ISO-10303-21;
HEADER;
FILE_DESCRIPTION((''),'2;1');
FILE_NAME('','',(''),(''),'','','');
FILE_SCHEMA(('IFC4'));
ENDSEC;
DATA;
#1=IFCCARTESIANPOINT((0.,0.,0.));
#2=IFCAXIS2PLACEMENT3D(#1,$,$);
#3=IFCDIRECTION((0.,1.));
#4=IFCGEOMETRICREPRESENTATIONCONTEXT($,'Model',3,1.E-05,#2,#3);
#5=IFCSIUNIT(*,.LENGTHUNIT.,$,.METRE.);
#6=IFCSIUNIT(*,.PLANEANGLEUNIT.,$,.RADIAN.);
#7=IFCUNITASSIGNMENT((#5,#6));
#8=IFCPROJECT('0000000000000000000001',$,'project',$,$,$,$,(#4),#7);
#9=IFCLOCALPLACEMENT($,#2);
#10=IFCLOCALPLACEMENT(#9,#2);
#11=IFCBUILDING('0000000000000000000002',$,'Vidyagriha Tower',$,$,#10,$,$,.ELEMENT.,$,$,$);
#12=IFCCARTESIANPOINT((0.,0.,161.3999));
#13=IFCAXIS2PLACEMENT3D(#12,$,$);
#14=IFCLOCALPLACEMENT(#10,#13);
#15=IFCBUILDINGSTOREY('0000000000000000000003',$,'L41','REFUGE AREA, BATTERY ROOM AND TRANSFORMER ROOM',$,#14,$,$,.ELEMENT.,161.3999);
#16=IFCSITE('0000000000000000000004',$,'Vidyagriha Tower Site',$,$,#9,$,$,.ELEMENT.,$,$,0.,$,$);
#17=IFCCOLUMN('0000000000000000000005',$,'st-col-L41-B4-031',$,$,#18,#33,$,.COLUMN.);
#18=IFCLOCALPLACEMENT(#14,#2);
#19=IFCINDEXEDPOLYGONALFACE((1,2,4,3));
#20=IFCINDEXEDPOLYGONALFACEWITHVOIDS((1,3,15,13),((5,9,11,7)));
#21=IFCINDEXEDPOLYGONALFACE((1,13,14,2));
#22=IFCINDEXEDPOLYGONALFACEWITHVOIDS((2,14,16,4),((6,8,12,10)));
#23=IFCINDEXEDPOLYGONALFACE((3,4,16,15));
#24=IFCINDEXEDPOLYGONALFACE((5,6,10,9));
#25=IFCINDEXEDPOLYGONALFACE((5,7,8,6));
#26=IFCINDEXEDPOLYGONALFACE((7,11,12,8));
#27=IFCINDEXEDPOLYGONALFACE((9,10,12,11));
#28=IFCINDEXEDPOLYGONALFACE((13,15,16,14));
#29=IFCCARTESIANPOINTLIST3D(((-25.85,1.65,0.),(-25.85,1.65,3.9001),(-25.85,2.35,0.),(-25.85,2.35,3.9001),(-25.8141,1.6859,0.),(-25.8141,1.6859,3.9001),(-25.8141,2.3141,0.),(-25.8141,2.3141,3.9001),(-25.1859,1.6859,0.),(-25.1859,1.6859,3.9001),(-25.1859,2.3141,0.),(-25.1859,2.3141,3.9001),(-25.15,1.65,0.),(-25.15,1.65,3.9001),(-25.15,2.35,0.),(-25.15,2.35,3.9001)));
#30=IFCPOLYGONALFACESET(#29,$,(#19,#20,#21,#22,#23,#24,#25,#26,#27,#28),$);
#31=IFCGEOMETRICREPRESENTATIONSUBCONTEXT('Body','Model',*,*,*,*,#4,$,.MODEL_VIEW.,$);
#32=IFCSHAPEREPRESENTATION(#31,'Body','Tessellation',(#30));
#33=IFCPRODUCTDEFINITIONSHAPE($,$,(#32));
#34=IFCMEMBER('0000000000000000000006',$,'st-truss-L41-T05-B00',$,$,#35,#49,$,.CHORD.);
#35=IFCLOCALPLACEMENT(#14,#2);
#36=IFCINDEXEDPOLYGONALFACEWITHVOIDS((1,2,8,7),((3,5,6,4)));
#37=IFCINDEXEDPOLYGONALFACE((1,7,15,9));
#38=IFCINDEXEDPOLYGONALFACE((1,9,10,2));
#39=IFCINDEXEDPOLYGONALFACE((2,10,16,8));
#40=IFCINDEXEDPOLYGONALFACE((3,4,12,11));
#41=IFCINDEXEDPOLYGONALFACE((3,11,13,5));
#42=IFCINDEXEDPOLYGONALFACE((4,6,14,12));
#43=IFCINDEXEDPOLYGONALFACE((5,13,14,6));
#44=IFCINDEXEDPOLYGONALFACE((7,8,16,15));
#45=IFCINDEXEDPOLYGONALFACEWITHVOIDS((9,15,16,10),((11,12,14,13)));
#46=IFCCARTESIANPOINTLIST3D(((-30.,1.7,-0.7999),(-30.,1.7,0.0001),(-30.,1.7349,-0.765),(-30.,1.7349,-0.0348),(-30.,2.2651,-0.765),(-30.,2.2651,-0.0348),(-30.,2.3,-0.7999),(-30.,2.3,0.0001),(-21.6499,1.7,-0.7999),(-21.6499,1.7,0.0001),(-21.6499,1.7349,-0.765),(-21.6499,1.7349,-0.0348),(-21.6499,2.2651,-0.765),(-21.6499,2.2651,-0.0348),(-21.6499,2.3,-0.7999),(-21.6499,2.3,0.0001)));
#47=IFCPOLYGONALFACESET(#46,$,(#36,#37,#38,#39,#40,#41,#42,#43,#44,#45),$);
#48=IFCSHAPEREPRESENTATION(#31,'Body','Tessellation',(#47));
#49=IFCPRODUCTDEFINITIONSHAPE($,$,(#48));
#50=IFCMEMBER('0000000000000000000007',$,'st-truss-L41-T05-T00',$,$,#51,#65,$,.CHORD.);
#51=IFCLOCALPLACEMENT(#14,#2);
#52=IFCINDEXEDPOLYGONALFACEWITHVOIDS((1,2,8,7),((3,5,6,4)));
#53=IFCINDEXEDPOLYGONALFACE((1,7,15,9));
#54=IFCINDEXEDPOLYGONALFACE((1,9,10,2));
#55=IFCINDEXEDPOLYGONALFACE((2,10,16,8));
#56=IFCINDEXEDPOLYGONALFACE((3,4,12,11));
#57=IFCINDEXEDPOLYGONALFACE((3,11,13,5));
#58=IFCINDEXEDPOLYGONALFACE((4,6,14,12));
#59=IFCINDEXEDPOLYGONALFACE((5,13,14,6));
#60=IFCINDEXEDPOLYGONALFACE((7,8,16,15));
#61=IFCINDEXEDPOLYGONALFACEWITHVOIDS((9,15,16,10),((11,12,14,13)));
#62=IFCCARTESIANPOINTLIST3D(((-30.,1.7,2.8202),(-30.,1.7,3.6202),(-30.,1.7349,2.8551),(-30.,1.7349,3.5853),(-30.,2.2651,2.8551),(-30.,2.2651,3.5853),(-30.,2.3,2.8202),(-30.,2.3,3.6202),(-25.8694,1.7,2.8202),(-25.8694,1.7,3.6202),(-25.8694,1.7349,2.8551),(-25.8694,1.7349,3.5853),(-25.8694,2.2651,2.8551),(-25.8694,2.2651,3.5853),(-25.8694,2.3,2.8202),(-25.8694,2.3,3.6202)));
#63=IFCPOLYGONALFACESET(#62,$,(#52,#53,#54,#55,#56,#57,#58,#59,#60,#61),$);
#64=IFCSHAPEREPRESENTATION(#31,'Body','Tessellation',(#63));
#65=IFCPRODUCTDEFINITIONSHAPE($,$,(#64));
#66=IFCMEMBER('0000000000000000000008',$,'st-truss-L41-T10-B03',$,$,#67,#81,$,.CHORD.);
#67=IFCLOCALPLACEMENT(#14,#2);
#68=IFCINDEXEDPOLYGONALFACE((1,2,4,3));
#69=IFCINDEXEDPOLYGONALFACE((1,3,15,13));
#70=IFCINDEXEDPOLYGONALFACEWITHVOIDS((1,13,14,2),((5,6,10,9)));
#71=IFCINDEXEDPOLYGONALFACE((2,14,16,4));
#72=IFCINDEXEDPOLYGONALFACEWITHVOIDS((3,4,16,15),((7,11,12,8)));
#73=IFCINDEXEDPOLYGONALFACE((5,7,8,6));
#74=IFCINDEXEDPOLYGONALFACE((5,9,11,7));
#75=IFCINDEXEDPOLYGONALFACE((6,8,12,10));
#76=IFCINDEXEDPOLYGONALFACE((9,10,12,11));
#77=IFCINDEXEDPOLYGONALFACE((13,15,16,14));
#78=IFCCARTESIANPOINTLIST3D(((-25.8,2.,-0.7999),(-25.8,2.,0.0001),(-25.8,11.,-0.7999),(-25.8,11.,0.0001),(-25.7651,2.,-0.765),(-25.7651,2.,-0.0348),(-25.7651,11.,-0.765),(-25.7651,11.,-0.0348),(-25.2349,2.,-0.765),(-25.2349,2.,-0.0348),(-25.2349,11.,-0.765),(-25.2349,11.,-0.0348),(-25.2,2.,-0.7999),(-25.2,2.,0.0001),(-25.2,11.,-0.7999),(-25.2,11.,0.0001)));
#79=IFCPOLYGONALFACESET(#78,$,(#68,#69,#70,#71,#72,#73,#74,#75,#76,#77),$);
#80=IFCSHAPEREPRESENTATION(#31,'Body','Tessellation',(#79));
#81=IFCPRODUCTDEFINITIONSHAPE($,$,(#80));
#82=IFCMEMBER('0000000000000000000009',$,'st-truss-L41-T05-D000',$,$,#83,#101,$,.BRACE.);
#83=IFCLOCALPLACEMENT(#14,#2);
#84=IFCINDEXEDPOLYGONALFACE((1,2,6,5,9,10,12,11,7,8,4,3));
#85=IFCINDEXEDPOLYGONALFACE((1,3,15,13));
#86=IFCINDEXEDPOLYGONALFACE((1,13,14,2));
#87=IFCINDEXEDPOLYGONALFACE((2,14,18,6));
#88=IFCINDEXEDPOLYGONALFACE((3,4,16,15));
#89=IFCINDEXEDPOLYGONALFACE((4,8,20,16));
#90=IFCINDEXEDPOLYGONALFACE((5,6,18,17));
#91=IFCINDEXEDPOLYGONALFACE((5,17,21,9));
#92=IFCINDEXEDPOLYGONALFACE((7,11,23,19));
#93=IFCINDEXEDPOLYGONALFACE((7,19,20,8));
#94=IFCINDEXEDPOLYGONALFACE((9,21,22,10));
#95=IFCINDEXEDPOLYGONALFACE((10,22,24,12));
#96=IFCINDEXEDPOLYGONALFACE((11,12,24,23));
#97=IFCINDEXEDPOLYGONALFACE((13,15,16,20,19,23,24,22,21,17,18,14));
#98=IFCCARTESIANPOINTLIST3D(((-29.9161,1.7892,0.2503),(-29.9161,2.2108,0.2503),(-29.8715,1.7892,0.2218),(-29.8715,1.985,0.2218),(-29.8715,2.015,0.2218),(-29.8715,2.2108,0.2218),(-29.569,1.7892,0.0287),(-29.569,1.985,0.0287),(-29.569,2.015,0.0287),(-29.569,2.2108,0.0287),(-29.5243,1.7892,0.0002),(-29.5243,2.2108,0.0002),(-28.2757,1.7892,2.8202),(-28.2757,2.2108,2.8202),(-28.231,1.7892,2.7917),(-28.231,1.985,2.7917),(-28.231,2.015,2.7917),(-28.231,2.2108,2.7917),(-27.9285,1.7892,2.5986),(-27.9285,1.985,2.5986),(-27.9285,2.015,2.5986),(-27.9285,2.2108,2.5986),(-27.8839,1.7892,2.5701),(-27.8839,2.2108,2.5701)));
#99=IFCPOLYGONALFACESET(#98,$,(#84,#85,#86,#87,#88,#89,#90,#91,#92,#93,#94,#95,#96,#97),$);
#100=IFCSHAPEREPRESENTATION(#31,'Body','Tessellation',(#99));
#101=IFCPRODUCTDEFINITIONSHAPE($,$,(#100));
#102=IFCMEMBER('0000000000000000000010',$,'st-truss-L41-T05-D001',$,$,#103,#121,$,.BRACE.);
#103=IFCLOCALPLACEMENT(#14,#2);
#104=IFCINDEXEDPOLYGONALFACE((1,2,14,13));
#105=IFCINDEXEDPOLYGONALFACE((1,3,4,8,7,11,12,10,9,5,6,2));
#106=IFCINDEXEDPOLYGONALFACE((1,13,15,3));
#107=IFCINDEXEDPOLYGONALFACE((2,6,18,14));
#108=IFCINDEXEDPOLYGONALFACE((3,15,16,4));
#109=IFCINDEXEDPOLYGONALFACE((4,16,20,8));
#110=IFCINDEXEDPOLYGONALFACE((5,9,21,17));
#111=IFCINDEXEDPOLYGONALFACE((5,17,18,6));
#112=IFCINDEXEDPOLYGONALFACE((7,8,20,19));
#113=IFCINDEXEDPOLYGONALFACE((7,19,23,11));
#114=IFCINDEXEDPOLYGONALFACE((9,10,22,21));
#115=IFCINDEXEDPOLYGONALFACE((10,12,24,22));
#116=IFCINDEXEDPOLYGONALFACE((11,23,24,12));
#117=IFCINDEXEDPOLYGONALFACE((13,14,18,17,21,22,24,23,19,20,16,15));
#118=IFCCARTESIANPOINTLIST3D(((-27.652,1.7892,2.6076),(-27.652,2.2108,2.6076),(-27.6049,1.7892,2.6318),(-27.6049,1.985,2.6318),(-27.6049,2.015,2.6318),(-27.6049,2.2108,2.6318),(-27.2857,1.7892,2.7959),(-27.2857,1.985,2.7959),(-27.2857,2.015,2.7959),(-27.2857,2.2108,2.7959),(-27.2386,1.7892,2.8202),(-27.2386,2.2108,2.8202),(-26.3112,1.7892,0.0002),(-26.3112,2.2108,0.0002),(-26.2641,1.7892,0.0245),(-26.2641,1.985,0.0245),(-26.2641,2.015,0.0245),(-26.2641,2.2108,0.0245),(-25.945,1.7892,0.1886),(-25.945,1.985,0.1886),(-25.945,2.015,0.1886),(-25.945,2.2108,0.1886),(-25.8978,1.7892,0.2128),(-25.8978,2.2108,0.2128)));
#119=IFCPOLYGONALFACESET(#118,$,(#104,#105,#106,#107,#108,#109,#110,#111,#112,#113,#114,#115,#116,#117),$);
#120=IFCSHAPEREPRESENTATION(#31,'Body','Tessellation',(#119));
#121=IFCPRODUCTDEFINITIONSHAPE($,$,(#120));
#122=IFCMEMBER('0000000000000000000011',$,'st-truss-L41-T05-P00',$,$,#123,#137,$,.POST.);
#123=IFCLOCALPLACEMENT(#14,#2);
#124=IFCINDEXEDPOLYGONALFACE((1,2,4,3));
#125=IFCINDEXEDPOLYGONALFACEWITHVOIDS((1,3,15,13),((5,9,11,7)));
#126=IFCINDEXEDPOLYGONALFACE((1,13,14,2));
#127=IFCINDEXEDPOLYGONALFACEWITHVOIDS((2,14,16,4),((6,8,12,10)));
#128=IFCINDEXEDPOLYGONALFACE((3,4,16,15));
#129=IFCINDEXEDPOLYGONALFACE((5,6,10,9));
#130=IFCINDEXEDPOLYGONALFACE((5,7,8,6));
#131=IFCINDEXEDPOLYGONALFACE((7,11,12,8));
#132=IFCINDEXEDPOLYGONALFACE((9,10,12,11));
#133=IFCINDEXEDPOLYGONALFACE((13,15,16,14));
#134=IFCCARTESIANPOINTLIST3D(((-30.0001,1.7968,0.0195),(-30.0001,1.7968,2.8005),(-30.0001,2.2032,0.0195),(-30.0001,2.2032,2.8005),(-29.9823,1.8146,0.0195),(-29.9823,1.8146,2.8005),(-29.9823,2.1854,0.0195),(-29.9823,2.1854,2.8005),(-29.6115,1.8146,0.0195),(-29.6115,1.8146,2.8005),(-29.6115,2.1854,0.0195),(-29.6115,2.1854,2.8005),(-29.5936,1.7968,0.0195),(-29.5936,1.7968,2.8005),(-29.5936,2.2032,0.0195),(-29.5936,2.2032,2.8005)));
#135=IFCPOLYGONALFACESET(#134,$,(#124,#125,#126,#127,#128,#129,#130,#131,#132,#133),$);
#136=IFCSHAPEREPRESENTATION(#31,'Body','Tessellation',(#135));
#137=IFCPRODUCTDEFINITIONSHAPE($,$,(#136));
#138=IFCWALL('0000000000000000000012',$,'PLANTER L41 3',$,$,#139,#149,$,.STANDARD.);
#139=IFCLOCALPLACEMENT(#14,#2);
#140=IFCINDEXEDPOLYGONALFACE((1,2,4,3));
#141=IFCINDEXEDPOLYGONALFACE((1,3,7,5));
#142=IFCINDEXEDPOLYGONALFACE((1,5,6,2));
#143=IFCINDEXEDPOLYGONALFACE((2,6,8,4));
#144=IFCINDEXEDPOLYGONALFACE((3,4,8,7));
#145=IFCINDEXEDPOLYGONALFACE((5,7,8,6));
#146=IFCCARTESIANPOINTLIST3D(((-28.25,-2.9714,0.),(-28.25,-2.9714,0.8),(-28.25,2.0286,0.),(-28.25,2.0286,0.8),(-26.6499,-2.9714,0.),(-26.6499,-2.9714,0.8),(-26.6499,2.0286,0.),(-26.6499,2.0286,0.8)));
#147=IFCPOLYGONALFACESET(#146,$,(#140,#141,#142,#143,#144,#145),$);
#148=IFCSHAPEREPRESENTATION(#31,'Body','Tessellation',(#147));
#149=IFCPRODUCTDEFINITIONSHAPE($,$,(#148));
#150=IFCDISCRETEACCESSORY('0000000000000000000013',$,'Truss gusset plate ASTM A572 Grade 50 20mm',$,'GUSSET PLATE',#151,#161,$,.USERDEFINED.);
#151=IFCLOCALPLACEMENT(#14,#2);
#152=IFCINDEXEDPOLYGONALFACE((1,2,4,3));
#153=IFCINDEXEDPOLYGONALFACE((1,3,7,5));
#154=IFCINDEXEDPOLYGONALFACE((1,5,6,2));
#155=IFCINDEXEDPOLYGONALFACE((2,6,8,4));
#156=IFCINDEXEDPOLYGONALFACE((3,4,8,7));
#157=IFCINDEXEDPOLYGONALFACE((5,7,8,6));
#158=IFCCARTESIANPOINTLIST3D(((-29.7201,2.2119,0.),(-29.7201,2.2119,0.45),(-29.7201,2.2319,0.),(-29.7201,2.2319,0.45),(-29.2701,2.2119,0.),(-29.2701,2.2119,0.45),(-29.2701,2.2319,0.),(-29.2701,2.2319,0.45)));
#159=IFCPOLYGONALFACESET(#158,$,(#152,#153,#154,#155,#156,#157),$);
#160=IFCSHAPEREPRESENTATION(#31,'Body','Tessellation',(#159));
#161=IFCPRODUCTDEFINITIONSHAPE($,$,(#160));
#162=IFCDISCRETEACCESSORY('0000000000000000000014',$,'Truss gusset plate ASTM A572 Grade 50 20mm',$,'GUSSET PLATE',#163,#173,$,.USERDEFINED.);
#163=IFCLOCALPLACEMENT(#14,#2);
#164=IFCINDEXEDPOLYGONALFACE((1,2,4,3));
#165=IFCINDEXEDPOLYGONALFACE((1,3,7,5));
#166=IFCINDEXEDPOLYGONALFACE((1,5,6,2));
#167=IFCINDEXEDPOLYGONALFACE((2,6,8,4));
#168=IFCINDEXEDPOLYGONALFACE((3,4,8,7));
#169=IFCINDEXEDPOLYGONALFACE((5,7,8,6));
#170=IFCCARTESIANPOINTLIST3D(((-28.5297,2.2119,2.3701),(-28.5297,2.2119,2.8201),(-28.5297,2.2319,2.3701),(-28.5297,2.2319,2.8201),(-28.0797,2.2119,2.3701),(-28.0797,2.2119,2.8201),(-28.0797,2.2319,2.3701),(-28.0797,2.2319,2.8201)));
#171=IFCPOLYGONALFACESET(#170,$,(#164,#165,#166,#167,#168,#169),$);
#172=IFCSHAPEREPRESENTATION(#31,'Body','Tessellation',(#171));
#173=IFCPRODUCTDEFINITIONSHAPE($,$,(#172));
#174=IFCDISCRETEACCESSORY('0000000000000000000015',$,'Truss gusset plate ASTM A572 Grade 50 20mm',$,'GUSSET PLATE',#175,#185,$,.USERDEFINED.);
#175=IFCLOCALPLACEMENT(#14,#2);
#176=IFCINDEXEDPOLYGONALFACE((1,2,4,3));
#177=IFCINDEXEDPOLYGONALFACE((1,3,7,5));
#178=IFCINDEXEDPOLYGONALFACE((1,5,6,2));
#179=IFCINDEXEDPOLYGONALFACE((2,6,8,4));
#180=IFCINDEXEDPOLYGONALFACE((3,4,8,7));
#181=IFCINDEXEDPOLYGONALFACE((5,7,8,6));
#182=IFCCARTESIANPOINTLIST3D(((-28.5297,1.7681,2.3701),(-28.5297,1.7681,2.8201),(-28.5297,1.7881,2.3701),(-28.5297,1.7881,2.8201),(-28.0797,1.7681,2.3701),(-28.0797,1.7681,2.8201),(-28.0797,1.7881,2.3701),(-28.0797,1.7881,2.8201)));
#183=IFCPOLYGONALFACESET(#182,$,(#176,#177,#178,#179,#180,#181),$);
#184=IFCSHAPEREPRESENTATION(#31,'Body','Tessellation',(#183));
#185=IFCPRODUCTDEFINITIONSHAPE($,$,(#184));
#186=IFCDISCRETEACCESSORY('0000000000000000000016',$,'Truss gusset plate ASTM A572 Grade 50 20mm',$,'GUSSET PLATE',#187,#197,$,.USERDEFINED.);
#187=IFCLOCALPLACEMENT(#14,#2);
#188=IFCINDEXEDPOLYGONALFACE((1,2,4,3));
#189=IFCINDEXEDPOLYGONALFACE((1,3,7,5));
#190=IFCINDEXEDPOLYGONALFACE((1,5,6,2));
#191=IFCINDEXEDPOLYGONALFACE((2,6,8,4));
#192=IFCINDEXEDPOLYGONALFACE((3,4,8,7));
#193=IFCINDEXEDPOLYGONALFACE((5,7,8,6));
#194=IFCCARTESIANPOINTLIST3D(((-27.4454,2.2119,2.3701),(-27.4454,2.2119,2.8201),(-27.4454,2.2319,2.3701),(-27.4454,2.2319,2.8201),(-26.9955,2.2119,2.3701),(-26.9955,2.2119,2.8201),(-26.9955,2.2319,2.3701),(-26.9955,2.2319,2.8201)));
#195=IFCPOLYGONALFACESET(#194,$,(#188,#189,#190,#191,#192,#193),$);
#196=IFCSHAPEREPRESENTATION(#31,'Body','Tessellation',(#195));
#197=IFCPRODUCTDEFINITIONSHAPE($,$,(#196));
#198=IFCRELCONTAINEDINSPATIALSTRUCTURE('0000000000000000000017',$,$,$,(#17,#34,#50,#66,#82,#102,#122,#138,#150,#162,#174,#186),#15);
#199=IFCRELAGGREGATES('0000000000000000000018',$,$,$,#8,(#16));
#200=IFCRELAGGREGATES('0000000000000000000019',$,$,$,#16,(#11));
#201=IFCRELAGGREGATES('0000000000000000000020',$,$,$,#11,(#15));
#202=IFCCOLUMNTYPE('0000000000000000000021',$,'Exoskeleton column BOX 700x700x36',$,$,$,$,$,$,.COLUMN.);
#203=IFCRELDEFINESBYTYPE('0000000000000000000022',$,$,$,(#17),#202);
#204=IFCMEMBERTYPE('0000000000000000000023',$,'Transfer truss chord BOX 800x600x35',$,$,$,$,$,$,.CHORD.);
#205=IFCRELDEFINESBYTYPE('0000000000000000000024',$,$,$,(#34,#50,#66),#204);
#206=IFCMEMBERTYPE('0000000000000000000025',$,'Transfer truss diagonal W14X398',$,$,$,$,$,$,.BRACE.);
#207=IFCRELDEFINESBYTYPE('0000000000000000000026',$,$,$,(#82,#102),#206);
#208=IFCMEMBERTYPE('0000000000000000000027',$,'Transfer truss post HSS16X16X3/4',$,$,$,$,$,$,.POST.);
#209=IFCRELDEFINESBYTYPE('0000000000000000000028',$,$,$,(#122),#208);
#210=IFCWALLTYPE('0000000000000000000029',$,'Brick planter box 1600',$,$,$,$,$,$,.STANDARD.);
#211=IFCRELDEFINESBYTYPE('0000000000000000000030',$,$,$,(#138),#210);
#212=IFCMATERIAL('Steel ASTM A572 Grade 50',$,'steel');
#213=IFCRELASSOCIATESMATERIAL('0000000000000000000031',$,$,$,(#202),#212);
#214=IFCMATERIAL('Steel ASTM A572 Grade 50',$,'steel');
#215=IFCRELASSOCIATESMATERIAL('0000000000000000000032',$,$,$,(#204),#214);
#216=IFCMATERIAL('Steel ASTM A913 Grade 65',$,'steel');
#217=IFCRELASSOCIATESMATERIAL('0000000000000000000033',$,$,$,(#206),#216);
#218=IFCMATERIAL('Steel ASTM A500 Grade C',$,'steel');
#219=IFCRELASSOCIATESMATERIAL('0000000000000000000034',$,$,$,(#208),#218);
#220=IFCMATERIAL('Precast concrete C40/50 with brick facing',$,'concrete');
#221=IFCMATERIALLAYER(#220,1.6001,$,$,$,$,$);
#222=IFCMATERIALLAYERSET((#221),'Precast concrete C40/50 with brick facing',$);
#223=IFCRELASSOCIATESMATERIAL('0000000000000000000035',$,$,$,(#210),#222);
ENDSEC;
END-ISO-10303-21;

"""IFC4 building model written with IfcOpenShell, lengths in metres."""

from ifc_helpers import new_model, si_unit, direction, frame, frame_2d, origin, origin_2d, place, context, subcontext, project, spatial, rectangle, hollow_rectangle, i_section, extrude, material, layer, layer_set, material_profile, profile_set, type_object, element, save


model = new_model("IFC4")

# Units and contexts
model_context = context("Model", 3, precision=1e-05, world=origin(), true_north=direction((0.0, 1.0)))
body_context = subcontext(model_context, "Body", "Model", "MODEL_VIEW")
ifc_project = project(units=[si_unit("LENGTHUNIT", "METRE"), si_unit("PLANEANGLEUNIT", "RADIAN")], contexts=[model_context])

# Site, building, storey
site_placement = place(None, origin())
site = spatial("IfcSite", under=ifc_project, at=site_placement, Name="Vidyagriha Tower Site", CompositionType="ELEMENT", RefElevation=0.0)
building_placement = place(site_placement, origin())
building = spatial("IfcBuilding", under=site, at=building_placement, Name="Vidyagriha Tower", CompositionType="ELEMENT")
storey_placement = place(building_placement, frame((0.0, 0.0, 161.3999)))
storey = spatial("IfcBuildingStorey", under=building, at=storey_placement, Name="L41", Description="REFUGE AREA, BATTERY ROOM AND TRANSFORMER ROOM", CompositionType="ELEMENT", Elevation=161.3999)

# Column
ifc_material_1 = material(Name="Steel ASTM A572 Grade 50", Category="steel")
ifc_material_profile_1 = material_profile(ifc_material_1, hollow_rectangle(XDim=0.7, YDim=0.7, WallThickness=0.0359, at=origin_2d()), Name="BOX 700x700x36")
ifc_profile_set_1 = profile_set([ifc_material_profile_1], Name="Steel ASTM A572 Grade 50")
column_type = type_object("IfcColumnType", Name="Exoskeleton column BOX 700x700x36", PredefinedType="COLUMN", material=ifc_profile_set_1)
column_placement = place(storey_placement, frame((-25.5, 2.0, 0.0)))
element("IfcColumn", 1, at=column_placement, inside=storey, type_object=column_type, Name="st-col-L41-B4-031", PredefinedType="COLUMN", context=body_context, shape_type="SweptSolid", body=[
    extrude(hollow_rectangle(XDim=0.7, YDim=0.7, WallThickness=0.0359, at=origin_2d()), origin(), (0.0, 0.0, 1.0), 3.9001),
])

# Members
ifc_material_2 = material(Name="Steel ASTM A572 Grade 50", Category="steel")
ifc_material_profile_2 = material_profile(ifc_material_2, hollow_rectangle(XDim=0.6001, YDim=0.8, WallThickness=0.0349, at=origin_2d()), Name="BOX 800x600x35")
ifc_profile_set_2 = profile_set([ifc_material_profile_2], Name="Steel ASTM A572 Grade 50")
member_type_1 = type_object("IfcMemberType", Name="Transfer truss chord BOX 800x600x35", PredefinedType="CHORD", material=ifc_profile_set_2)
member_1_placement = place(storey_placement, frame((-30.0, 2.0, -0.3999), z_axis=(1.0, 0.0, 0.0), x_axis=(0.0, 1.0, 0.0)))
element("IfcMember", 2, at=member_1_placement, inside=storey, type_object=member_type_1, Name="st-truss-L41-T05-B00", PredefinedType="CHORD", context=body_context, shape_type="SweptSolid", body=[
    extrude(hollow_rectangle(XDim=0.6001, YDim=0.8, WallThickness=0.0349, at=origin_2d()), origin(), (0.0, 0.0, 1.0), 8.3501),
])
member_2_placement = place(storey_placement, frame((-30.0, 2.0, 3.2202), z_axis=(1.0, 0.0, 0.0), x_axis=(0.0, 1.0, 0.0)))
element("IfcMember", 3, at=member_2_placement, inside=storey, type_object=member_type_1, Name="st-truss-L41-T05-T00", PredefinedType="CHORD", context=body_context, shape_type="SweptSolid", body=[
    extrude(hollow_rectangle(XDim=0.6001, YDim=0.8, WallThickness=0.0349, at=origin_2d()), origin(), (0.0, 0.0, 1.0), 4.1306),
])
member_3_placement = place(storey_placement, frame((-25.5, 2.0, -0.3999), z_axis=(0.0, 1.0, 0.0), x_axis=(-1.0, 0.0, 0.0)))
element("IfcMember", 4, at=member_3_placement, inside=storey, type_object=member_type_1, Name="st-truss-L41-T10-B03", PredefinedType="CHORD", context=body_context, shape_type="SweptSolid", body=[
    extrude(hollow_rectangle(XDim=0.6001, YDim=0.8, WallThickness=0.0349, at=origin_2d()), origin(), (0.0, 0.0, 1.0), 9.0),
])
ifc_material_3 = material(Name="Steel ASTM A913 Grade 65", Category="steel")
ifc_material_profile_3 = material_profile(ifc_material_3, i_section(OverallWidth=0.4216, OverallDepth=0.4648, WebThickness=0.03, FlangeThickness=0.053, at=origin_2d()), Name="W14X398")
ifc_profile_set_3 = profile_set([ifc_material_profile_3], Name="Steel ASTM A913 Grade 65")
member_type_2 = type_object("IfcMemberType", Name="Transfer truss diagonal W14X398", PredefinedType="BRACE", material=ifc_profile_set_3)
member_4_placement = place(storey_placement, frame((-29.7202, 2.0, 0.1252), z_axis=(0.538051, 0.0, 0.842912), x_axis=(0.0, 1.0, 0.0)))
element("IfcMember", 5, at=member_4_placement, inside=storey, type_object=member_type_2, Name="st-truss-L41-T05-D000", PredefinedType="BRACE", context=body_context, shape_type="SweptSolid", body=[
    extrude(i_section(OverallWidth=0.4216, OverallDepth=0.4648, WebThickness=0.03, FlangeThickness=0.053, at=origin_2d()), origin(), (0.0, 0.0, 1.0), 3.0488),
])
member_5_placement = place(storey_placement, frame((-27.4453, 2.0, 2.7139), z_axis=(0.45731, 0.0, -0.889307), x_axis=(0.0, 1.0, 0.0)))
element("IfcMember", 6, at=member_5_placement, inside=storey, type_object=member_type_2, Name="st-truss-L41-T05-D001", PredefinedType="BRACE", context=body_context, shape_type="SweptSolid", body=[
    extrude(i_section(OverallWidth=0.4216, OverallDepth=0.4648, WebThickness=0.03, FlangeThickness=0.053, at=origin_2d()), origin(), (0.0, 0.0, 1.0), 2.9319),
])
ifc_material_4 = material(Name="Steel ASTM A500 Grade C", Category="steel")
ifc_material_profile_4 = material_profile(ifc_material_4, hollow_rectangle(XDim=0.4065, YDim=0.4065, WallThickness=0.0178, at=origin_2d()), Name="HSS16X16X3/4")
ifc_profile_set_4 = profile_set([ifc_material_profile_4], Name="Steel ASTM A500 Grade C")
member_type_3 = type_object("IfcMemberType", Name="Transfer truss post HSS16X16X3/4", PredefinedType="POST", material=ifc_profile_set_4)
member_6_placement = place(storey_placement, frame((-29.7969, 2.0, 0.0195)))
element("IfcMember", 7, at=member_6_placement, inside=storey, type_object=member_type_3, Name="st-truss-L41-T05-P00", PredefinedType="POST", context=body_context, shape_type="SweptSolid", body=[
    extrude(hollow_rectangle(XDim=0.4065, YDim=0.4065, WallThickness=0.0178, at=origin_2d()), origin(), (0.0, 0.0, 1.0), 2.781),
])

# Wall
ifc_material_5 = material(Name="Precast concrete C40/50 with brick facing", Category="concrete")
ifc_layer = layer(ifc_material_5, 1.6001)
ifc_layer_set = layer_set([ifc_layer], Name="Precast concrete C40/50 with brick facing")
wall_type = type_object("IfcWallType", Name="Brick planter box 1600", PredefinedType="STANDARD", material=ifc_layer_set)
wall_placement = place(storey_placement, frame((-27.45, 2.0286, 0.0), z_axis=(0.0, 0.0, 1.0), x_axis=(0.0, -1.0, 0.0)))
element("IfcWall", 8, at=wall_placement, inside=storey, type_object=wall_type, Name="PLANTER L41 3", PredefinedType="STANDARD", context=body_context, shape_type="SweptSolid", body=[
    extrude(rectangle(XDim=5.0, YDim=1.6001, at=frame_2d((2.5, 0.0))), origin(), (0.0, 0.0, 1.0), 0.8),
])

# Discrete accessories
for number, where, name in (
    (9, (-29.4951, 2.2219, 0.0), "Truss gusset plate ASTM A572 Grade 50 20mm"),
    (10, (-28.3047, 2.2219, 2.3701), "Truss gusset plate ASTM A572 Grade 50 20mm"),
    (11, (-28.3047, 1.7781, 2.3701), "Truss gusset plate ASTM A572 Grade 50 20mm"),
    (12, (-27.2205, 2.2219, 2.3701), "Truss gusset plate ASTM A572 Grade 50 20mm"),
):
    element("IfcDiscreteAccessory", number, at=place(storey_placement, frame(where)), inside=storey, Name=name, ObjectType="GUSSET PLATE", PredefinedType="USERDEFINED", context=body_context, shape_type="SweptSolid", body=[
        extrude(rectangle(XDim=0.45, YDim=0.02, at=origin_2d()), origin(), (0.0, 0.0, 1.0), 0.45),
    ])

save(model, "model.ifc")
